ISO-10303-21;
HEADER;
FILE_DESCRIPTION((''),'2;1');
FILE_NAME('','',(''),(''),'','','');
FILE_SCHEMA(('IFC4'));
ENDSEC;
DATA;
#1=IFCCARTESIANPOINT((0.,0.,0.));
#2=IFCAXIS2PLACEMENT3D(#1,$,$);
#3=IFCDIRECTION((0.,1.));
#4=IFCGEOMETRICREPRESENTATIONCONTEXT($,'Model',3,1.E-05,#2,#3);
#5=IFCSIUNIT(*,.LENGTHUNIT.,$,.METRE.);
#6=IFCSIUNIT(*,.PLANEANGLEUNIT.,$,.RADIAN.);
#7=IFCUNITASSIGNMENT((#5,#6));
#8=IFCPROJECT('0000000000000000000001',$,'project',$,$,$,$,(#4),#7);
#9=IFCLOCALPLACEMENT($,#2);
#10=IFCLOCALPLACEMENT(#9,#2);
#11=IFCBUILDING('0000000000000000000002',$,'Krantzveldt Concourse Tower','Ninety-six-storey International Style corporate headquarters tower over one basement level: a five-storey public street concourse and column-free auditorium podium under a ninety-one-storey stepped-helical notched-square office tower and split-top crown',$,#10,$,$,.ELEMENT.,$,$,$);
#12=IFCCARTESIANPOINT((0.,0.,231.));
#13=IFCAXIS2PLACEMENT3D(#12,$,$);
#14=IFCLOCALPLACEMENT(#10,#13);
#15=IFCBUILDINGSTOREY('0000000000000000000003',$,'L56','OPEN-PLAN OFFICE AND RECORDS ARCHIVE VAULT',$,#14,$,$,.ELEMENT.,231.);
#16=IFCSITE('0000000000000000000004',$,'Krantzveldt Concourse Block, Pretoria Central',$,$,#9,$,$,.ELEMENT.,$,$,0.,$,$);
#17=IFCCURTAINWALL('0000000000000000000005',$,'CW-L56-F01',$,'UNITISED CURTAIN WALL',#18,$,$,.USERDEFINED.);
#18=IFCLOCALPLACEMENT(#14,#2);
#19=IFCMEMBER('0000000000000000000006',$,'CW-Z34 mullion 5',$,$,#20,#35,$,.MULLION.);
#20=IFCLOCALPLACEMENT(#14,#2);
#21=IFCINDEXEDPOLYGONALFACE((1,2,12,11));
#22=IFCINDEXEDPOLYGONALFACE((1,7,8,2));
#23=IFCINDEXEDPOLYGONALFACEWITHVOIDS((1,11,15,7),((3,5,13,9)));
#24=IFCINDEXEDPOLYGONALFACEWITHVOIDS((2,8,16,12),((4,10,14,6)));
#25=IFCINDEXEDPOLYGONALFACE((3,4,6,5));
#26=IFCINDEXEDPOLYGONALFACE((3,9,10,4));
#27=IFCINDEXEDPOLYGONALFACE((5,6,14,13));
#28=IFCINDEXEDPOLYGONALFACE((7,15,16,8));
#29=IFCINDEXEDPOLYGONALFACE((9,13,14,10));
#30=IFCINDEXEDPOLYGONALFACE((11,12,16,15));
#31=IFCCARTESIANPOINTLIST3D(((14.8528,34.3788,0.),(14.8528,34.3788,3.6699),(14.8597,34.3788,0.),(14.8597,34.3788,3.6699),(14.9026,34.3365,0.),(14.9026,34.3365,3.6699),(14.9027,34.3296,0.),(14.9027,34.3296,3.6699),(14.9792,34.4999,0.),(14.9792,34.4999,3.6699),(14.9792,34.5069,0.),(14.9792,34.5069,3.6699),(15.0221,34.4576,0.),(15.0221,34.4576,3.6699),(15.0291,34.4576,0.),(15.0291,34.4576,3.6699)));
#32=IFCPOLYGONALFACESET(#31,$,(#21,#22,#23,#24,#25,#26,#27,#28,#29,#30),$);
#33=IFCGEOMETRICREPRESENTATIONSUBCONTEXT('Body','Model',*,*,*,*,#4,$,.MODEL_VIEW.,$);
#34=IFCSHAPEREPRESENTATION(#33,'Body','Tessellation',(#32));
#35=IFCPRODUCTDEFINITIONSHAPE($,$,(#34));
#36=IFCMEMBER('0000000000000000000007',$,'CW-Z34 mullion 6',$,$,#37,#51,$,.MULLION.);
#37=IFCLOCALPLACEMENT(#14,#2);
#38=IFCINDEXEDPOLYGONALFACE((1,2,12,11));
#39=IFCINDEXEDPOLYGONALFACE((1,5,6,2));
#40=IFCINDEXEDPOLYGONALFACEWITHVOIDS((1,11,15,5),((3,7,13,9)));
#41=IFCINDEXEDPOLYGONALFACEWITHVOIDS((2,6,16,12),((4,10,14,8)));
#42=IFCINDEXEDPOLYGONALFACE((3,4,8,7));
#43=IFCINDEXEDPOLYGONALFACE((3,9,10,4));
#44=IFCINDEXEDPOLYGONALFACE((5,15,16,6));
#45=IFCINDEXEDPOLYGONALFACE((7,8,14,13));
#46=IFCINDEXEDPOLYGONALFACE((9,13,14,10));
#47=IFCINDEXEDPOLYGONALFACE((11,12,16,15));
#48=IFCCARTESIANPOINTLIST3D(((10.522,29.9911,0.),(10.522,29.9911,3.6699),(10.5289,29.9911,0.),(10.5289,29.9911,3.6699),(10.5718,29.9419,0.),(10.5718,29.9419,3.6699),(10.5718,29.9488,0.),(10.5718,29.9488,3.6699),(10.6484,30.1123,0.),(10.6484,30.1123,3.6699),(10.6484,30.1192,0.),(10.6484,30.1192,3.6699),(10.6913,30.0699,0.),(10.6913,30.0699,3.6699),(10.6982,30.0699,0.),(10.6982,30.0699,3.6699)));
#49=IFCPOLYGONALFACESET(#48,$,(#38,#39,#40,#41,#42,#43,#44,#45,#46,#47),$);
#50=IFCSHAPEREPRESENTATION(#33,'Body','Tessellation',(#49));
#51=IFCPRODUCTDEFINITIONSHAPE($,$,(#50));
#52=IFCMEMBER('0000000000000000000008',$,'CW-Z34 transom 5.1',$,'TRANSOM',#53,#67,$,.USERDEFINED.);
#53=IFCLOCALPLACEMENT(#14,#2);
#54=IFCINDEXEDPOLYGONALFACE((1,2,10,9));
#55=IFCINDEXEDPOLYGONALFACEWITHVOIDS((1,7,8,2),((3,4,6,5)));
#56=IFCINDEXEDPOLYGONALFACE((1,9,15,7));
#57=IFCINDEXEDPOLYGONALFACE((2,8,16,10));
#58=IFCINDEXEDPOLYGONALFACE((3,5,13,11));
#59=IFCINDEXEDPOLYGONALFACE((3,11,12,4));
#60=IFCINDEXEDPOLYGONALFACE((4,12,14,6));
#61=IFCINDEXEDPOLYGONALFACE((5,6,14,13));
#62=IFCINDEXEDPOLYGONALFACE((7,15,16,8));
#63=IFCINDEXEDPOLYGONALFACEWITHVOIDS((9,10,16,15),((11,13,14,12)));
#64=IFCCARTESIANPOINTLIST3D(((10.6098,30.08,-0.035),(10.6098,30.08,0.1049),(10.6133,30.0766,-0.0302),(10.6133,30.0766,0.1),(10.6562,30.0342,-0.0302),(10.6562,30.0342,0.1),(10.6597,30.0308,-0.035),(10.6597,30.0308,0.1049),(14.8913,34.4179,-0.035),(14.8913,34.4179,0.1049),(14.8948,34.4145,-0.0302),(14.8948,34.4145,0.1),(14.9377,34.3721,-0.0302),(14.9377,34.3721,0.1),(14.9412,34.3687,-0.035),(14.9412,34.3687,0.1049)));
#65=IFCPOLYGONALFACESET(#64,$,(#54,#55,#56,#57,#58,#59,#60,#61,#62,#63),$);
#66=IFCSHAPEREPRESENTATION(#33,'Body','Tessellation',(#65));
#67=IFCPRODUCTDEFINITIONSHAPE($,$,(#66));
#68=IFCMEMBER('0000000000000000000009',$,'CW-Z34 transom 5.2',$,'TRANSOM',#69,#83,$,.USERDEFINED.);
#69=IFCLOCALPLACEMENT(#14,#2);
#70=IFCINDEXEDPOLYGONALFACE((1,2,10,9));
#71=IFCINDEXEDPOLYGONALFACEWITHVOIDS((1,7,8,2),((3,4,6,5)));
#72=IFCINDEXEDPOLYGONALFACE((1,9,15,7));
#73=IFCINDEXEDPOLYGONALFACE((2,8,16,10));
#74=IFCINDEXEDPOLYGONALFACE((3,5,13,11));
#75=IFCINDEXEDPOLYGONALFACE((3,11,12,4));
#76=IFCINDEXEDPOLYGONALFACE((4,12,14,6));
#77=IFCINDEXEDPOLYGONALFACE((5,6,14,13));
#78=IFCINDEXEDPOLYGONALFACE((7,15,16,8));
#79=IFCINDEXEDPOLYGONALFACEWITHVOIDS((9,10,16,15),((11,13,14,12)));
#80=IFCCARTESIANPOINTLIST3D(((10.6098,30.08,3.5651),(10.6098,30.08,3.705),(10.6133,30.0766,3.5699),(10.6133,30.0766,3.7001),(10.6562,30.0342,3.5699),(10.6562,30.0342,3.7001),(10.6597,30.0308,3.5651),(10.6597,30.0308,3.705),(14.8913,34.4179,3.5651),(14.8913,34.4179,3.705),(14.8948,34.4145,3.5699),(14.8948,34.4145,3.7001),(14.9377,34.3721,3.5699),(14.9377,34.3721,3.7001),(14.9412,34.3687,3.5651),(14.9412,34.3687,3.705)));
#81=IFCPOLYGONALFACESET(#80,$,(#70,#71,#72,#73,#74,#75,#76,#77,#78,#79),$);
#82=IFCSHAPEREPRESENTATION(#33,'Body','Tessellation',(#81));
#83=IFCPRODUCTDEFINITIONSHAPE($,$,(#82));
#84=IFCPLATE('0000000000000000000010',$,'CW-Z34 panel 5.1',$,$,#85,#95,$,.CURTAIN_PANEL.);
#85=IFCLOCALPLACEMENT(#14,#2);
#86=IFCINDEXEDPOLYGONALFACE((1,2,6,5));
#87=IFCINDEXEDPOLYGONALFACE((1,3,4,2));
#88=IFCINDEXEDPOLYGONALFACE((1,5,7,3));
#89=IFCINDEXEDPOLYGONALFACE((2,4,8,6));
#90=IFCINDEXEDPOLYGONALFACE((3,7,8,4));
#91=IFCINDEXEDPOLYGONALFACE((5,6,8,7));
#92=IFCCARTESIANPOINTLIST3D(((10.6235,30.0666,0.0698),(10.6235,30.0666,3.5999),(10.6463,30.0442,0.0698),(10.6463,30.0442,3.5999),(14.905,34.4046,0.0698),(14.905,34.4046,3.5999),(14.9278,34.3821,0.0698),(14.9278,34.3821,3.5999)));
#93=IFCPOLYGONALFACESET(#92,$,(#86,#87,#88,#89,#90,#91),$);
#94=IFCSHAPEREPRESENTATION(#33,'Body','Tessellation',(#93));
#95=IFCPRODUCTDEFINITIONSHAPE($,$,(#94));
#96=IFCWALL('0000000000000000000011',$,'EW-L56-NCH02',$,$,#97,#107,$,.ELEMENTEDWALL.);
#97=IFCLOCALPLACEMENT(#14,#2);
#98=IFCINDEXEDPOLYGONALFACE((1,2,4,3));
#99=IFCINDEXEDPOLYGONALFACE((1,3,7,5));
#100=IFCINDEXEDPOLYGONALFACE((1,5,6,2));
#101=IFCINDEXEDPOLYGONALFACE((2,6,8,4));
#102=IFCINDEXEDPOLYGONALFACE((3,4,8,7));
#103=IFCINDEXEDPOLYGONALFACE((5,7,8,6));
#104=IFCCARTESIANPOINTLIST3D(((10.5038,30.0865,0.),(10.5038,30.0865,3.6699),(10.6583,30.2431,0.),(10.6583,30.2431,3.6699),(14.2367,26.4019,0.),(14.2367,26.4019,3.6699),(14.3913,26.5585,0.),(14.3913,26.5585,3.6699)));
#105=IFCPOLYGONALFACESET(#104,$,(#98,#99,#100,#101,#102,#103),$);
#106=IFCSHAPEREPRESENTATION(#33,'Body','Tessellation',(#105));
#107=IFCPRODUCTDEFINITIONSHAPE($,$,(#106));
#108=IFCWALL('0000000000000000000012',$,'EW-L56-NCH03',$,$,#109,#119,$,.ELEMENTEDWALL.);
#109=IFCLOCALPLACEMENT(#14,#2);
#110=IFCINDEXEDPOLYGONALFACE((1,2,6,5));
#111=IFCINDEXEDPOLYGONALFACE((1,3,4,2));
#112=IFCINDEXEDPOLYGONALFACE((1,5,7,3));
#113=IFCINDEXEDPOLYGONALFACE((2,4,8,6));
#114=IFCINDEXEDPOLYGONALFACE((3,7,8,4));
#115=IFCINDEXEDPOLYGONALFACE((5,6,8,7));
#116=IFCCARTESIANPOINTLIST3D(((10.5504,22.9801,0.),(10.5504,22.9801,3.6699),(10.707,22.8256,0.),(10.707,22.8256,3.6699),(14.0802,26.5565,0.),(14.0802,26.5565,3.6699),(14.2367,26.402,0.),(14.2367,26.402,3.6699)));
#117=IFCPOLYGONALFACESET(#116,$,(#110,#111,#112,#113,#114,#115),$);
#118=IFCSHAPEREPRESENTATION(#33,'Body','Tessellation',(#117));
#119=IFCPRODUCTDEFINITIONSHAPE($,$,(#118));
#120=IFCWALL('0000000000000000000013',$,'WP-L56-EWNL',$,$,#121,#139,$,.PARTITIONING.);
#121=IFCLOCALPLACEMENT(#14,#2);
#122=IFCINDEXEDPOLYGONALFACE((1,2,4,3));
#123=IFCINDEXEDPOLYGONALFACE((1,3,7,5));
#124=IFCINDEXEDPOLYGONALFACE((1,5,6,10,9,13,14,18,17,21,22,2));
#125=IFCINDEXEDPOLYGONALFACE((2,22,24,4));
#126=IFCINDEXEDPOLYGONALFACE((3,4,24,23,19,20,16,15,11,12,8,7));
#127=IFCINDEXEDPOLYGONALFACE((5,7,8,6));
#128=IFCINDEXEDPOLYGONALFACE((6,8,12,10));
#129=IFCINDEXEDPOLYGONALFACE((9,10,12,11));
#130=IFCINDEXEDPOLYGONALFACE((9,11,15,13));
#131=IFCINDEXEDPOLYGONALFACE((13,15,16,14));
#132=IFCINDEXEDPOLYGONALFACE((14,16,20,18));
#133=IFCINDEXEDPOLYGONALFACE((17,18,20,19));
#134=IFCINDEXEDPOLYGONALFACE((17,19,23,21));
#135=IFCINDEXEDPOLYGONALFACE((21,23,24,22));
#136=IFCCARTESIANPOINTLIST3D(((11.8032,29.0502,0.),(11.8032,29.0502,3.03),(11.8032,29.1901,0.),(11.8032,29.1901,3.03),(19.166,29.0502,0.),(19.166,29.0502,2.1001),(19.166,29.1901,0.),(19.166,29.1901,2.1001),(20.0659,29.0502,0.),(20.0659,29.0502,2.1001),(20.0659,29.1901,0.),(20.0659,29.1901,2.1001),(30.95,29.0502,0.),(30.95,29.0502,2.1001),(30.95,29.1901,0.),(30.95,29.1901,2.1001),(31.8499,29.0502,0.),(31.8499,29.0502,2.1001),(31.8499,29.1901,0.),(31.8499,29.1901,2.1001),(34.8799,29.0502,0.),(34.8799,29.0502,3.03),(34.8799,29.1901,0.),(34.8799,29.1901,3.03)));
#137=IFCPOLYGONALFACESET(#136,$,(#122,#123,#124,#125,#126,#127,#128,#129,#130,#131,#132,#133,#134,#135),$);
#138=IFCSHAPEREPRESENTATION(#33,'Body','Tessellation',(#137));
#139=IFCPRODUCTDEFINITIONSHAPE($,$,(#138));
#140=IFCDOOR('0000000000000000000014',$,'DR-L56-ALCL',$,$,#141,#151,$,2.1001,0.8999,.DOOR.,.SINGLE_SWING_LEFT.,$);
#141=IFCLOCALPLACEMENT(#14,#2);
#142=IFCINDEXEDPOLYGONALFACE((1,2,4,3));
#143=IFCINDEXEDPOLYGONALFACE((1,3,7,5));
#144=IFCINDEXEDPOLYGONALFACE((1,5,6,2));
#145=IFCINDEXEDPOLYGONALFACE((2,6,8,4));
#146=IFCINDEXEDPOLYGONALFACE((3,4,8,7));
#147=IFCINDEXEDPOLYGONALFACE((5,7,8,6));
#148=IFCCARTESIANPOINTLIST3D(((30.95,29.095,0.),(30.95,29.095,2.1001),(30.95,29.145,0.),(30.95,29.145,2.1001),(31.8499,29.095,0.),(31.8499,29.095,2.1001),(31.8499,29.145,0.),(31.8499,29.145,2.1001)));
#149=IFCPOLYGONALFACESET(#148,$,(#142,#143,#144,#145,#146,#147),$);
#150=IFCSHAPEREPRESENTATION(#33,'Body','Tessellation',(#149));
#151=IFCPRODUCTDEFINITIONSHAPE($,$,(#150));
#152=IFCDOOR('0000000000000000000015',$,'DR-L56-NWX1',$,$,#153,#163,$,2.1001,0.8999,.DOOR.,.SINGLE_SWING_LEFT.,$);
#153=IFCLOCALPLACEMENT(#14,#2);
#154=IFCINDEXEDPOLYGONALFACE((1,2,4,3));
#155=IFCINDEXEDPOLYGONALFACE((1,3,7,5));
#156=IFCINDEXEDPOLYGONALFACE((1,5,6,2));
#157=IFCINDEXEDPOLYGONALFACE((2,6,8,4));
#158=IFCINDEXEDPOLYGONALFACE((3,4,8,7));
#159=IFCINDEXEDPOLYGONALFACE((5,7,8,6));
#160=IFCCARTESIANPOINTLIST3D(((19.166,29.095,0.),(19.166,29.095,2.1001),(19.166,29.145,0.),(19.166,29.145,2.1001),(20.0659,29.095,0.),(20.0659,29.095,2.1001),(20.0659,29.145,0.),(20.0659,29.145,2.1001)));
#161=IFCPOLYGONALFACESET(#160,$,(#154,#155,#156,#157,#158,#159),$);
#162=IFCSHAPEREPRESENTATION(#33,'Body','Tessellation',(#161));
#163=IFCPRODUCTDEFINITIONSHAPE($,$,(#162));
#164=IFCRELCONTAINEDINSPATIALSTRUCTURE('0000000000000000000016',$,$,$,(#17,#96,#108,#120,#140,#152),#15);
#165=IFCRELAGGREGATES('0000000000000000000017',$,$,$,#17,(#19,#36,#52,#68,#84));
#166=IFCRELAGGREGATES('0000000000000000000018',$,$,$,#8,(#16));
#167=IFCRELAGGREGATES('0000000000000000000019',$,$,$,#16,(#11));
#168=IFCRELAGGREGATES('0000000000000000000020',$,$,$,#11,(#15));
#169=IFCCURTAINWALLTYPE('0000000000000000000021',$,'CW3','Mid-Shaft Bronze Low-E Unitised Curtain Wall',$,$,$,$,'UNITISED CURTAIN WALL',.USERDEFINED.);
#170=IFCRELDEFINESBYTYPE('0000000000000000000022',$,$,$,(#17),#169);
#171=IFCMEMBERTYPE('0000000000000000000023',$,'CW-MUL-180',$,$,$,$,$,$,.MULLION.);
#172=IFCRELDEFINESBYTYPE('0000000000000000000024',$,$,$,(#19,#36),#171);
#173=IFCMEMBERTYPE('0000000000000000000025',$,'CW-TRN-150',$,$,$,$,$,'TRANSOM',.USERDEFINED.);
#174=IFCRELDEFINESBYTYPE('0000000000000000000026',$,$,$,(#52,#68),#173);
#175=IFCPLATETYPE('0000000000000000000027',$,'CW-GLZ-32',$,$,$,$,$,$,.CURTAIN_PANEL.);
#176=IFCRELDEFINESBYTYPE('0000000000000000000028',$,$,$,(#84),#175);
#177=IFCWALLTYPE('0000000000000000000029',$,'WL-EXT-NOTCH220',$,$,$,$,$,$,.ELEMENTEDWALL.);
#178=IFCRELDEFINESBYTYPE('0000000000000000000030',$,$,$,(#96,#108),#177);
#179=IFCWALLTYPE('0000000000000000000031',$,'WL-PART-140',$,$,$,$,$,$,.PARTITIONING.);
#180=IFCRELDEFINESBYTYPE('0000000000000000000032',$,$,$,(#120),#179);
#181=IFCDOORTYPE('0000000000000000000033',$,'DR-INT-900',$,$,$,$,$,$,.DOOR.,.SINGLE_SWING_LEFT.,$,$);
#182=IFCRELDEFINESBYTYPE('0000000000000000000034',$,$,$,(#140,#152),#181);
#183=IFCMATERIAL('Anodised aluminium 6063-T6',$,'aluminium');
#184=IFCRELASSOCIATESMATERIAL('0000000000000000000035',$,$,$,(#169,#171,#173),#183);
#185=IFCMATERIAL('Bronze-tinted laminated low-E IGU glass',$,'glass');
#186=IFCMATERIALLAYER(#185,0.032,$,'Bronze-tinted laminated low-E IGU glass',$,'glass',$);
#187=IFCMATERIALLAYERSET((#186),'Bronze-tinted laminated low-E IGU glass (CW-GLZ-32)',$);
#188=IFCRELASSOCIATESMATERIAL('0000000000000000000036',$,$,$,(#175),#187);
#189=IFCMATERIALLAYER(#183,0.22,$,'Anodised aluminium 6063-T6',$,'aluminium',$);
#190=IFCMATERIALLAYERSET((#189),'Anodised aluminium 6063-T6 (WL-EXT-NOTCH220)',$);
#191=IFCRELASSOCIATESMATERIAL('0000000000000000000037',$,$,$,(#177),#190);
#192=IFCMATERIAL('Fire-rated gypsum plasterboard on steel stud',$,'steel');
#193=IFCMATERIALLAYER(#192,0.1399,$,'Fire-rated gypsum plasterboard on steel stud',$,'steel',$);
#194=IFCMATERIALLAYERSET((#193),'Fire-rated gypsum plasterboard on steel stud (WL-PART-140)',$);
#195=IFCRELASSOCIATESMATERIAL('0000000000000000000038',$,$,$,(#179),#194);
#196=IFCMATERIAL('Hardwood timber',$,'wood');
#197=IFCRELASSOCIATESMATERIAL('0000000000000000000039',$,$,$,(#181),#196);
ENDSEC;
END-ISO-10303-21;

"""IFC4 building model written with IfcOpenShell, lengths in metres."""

from ifc_helpers import new_model, si_unit, direction, frame, frame_2d, origin, origin_2d, place, context, subcontext, project, spatial, rectangle, hollow_rectangle, extrude, source, transform, mapped, material, layer, layer_set, material_profile, profile_set, type_object, type_shapes, element, fill, aggregate, save


model = new_model("IFC4")

# Units and contexts
model_context = context("Model", 3, precision=1e-05, world=origin(), true_north=direction((0.0, 1.0)))
body_context = subcontext(model_context, "Body", "Model", "MODEL_VIEW")
ifc_project = project(units=[si_unit("LENGTHUNIT", "METRE"), si_unit("PLANEANGLEUNIT", "RADIAN")], contexts=[model_context])

# Site, building, storey
site_placement = place(None, origin())
site = spatial("IfcSite", under=ifc_project, at=site_placement, Name="Krantzveldt Concourse Block, Pretoria Central", CompositionType="ELEMENT", RefElevation=0.0)
building_placement = place(site_placement, origin())
building = spatial("IfcBuilding", under=site, at=building_placement, Name="Krantzveldt Concourse Tower", Description="Ninety-six-storey International Style corporate headquarters tower over one basement level: a five-storey public street concourse and column-free auditorium podium under a ninety-one-storey stepped-helical notched-square office tower and split-top crown", CompositionType="ELEMENT")
storey_placement = place(building_placement, frame((0.0, 0.0, 231.0)))
storey = spatial("IfcBuildingStorey", under=building, at=storey_placement, Name="L56", Description="OPEN-PLAN OFFICE AND RECORDS ARCHIVE VAULT", CompositionType="ELEMENT", Elevation=231.0)

# Curtain wall, members, plate
ifc_material_1 = material(Name="Anodised aluminium 6063-T6", Category="aluminium")
curtain_wall_type = type_object("IfcCurtainWallType", Name="CW3", Description="Mid-Shaft Bronze Low-E Unitised Curtain Wall", ElementType="UNITISED CURTAIN WALL", PredefinedType="USERDEFINED", material=ifc_material_1)
curtain_wall_placement = place(storey_placement, origin())
curtain_wall = element("IfcCurtainWall", 1, at=curtain_wall_placement, inside=storey, type_object=curtain_wall_type, Name="CW-L56-F01", ObjectType="UNITISED CURTAIN WALL", PredefinedType="USERDEFINED")
ifc_material_profile_1 = material_profile(ifc_material_1, hollow_rectangle(XDim=0.0701, YDim=0.1799, WallThickness=0.0049, at=origin_2d()), Name="Anodised aluminium 6063-T6", Category="aluminium")
ifc_profile_set_1 = profile_set([ifc_material_profile_1], Name="Anodised aluminium 6063-T6 - ALU-MULL 180x70x5")
member_type_1 = type_object("IfcMemberType", Name="CW-MUL-180", PredefinedType="MULLION", material=ifc_profile_set_1)
shared_shape_1 = source(origin(), body_context, "Body", "SweptSolid", [
    extrude(hollow_rectangle(XDim=0.0701, YDim=0.1799, WallThickness=0.0049, at=origin_2d()), origin(), (0.0, 0.0, 1.0), 3.6699),
])
type_shapes(member_type_1, [shared_shape_1])
member_1_placement = place(storey_placement, frame((14.9409, 34.4182, 0.0), z_axis=(0.0, 0.0, 1.0), x_axis=(0.71172, -0.702464, 0.0)))
member_1 = element("IfcMember", 2, at=member_1_placement, type_object=member_type_1, Name="CW-Z34 mullion 5", PredefinedType="MULLION", context=body_context, shape_type="MappedRepresentation", body=[
    mapped(shared_shape_1, transform((0.0, 0.0, 0.0), x_axis=(1.0, 0.0, 0.0), y_axis=(0.0, 1.0, 0.0), z_axis=(0.0, 0.0, 1.0), scale=1.0)),
])
member_2_placement = place(storey_placement, frame((10.6101, 30.0305, 0.0), z_axis=(0.0, 0.0, 1.0), x_axis=(0.71172, -0.702464, 0.0)))
member_2 = element("IfcMember", 3, at=member_2_placement, type_object=member_type_1, Name="CW-Z34 mullion 6", PredefinedType="MULLION", context=body_context, shape_type="MappedRepresentation", body=[
    mapped(shared_shape_1, transform((0.0, 0.0, 0.0), x_axis=(1.0, 0.0, 0.0), y_axis=(0.0, 1.0, 0.0), z_axis=(0.0, 0.0, 1.0), scale=1.0)),
])
ifc_material_profile_2 = material_profile(ifc_material_1, hollow_rectangle(XDim=0.0701, YDim=0.1399, WallThickness=0.0049, at=origin_2d()), Name="Anodised aluminium 6063-T6", Category="aluminium")
ifc_profile_set_2 = profile_set([ifc_material_profile_2], Name="Anodised aluminium 6063-T6 - ALU-TRAN 140x70x5")
member_type_2 = type_object("IfcMemberType", Name="CW-TRN-150", ElementType="TRANSOM", PredefinedType="USERDEFINED", material=ifc_profile_set_2)
shared_shape_2 = source(origin(), body_context, "Body", "SweptSolid", [
    extrude(hollow_rectangle(XDim=0.0701, YDim=0.1399, WallThickness=0.0049, at=origin_2d()), origin(), (0.0, 0.0, 1.0), 6.095),
])
type_shapes(member_type_2, [shared_shape_2])
member_3_placement = place(storey_placement, frame((14.9163, 34.3933, 0.0349), z_axis=(-0.702465, -0.711718, 0.0), x_axis=(0.711718, -0.702465, 0.0)))
member_3 = element("IfcMember", 4, at=member_3_placement, type_object=member_type_2, Name="CW-Z34 transom 5.1", ObjectType="TRANSOM", PredefinedType="USERDEFINED", context=body_context, shape_type="MappedRepresentation", body=[
    mapped(shared_shape_2, transform((0.0, 0.0, 0.0), x_axis=(1.0, 0.0, 0.0), y_axis=(0.0, 1.0, 0.0), z_axis=(0.0, 0.0, 1.0), scale=1.0)),
])
member_4_placement = place(storey_placement, frame((14.9163, 34.3933, 3.635), z_axis=(-0.702465, -0.711718, 0.0), x_axis=(0.711718, -0.702465, 0.0)))
member_4 = element("IfcMember", 5, at=member_4_placement, type_object=member_type_2, Name="CW-Z34 transom 5.2", ObjectType="TRANSOM", PredefinedType="USERDEFINED", context=body_context, shape_type="MappedRepresentation", body=[
    mapped(shared_shape_2, transform((0.0, 0.0, 0.0), x_axis=(1.0, 0.0, 0.0), y_axis=(0.0, 1.0, 0.0), z_axis=(0.0, 0.0, 1.0), scale=1.0)),
])
ifc_material_2 = material(Name="Bronze-tinted laminated low-E IGU glass", Category="glass")
ifc_layer_1 = layer(ifc_material_2, 0.032, Name="Bronze-tinted laminated low-E IGU glass", Category="glass")
ifc_layer_set_1 = layer_set([ifc_layer_1], Name="Bronze-tinted laminated low-E IGU glass (CW-GLZ-32)")
plate_type = type_object("IfcPlateType", Name="CW-GLZ-32", PredefinedType="CURTAIN_PANEL", material=ifc_layer_set_1)
shared_shape_3 = source(origin(), body_context, "Body", "SweptSolid", [
    extrude(rectangle(XDim=6.095, YDim=0.032, at=origin_2d()), origin(), (0.0, 0.0, 1.0), 3.53),
])
type_shapes(plate_type, [shared_shape_3])
plate_placement = place(storey_placement, frame((12.7756, 32.2244, 0.0698), z_axis=(0.0, 0.0, 1.0), x_axis=(-0.702464, -0.71172, 0.0)))
plate = element("IfcPlate", 6, at=plate_placement, type_object=plate_type, Name="CW-Z34 panel 5.1", PredefinedType="CURTAIN_PANEL", context=body_context, shape_type="MappedRepresentation", body=[
    mapped(shared_shape_3, transform((0.0, 0.0, 0.0), x_axis=(1.0, 0.0, 0.0), y_axis=(0.0, 1.0, 0.0), z_axis=(0.0, 0.0, 1.0), scale=1.0)),
])
aggregate(curtain_wall, [member_1, member_2, member_3, member_4, plate])

# Walls
ifc_layer_2 = layer(ifc_material_1, 0.22, Name="Anodised aluminium 6063-T6", Category="aluminium")
ifc_layer_set_2 = layer_set([ifc_layer_2], Name="Anodised aluminium 6063-T6 (WL-EXT-NOTCH220)")
wall_type_1 = type_object("IfcWallType", Name="WL-EXT-NOTCH220", PredefinedType="ELEMENTEDWALL", material=ifc_layer_set_2)
wall_1_placement = place(storey_placement, frame((10.5811, 30.1648, 0.0), z_axis=(0.0, 0.0, 1.0), x_axis=(0.7117, -0.702484, 0.0)))
element("IfcWall", 7, at=wall_1_placement, inside=storey, type_object=wall_type_1, Name="EW-L56-NCH02", PredefinedType="ELEMENTEDWALL", context=body_context, shape_type="SweptSolid", body=[
    extrude(rectangle(XDim=5.2451, YDim=0.22, at=frame_2d((2.6226, 0.0))), origin(), (0.0, 0.0, 1.0), 3.6699),
])
wall_2_placement = place(storey_placement, frame((14.1584, 26.4792, 0.0), z_axis=(0.0, 0.0, 1.0), x_axis=(-0.702452, -0.711731, 0.0)))
element("IfcWall", 8, at=wall_2_placement, inside=storey, type_object=wall_type_1, Name="EW-L56-NCH03", PredefinedType="ELEMENTEDWALL", context=body_context, shape_type="SweptSolid", body=[
    extrude(rectangle(XDim=5.0249, YDim=0.22, at=frame_2d((2.5125, 0.0))), origin(), (0.0, 0.0, 1.0), 3.6699),
])

# Wall, openings, doors
ifc_material_3 = material(Name="Fire-rated gypsum plasterboard on steel stud", Category="steel")
ifc_layer_3 = layer(ifc_material_3, 0.1399, Name="Fire-rated gypsum plasterboard on steel stud", Category="steel")
ifc_layer_set_3 = layer_set([ifc_layer_3], Name="Fire-rated gypsum plasterboard on steel stud (WL-PART-140)")
wall_type_2 = type_object("IfcWallType", Name="WL-PART-140", PredefinedType="PARTITIONING", material=ifc_layer_set_3)
wall_3_placement = place(storey_placement, frame((11.8032, 29.1201, 0.0), z_axis=(0.0, 0.0, 1.0), x_axis=(1.0, 0.0, 0.0)))
wall_3 = element("IfcWall", 9, at=wall_3_placement, inside=storey, type_object=wall_type_2, Name="WP-L56-EWNL", PredefinedType="PARTITIONING", context=body_context, shape_type="SweptSolid", body=[
    extrude(rectangle(XDim=23.0767, YDim=0.1399, at=frame_2d((11.5383, 0.0))), origin(), (0.0, 0.0, 1.0), 3.03),
])
opening_1_placement = place(wall_3_placement, frame((19.1467, 0.0, 0.0)))
opening_1 = element("IfcOpeningElement", 10, at=opening_1_placement, cuts=wall_3, PredefinedType="OPENING", context=body_context, shape_type="SweptSolid", body=[
    extrude(rectangle(XDim=0.8999, YDim=2.1001, at=frame_2d((0.45, 1.05))), frame((0.0, 0.0801, 0.0), z_axis=(0.0, -1.0, 0.0), x_axis=(1.0, 0.0, 0.0)), (0.0, 0.0, 1.0), 0.1599),
])
opening_2_placement = place(wall_3_placement, frame((7.3628, 0.0, 0.0)))
opening_2 = element("IfcOpeningElement", 11, at=opening_2_placement, cuts=wall_3, PredefinedType="OPENING", context=body_context, shape_type="SweptSolid", body=[
    extrude(rectangle(XDim=0.8999, YDim=2.1001, at=frame_2d((0.45, 1.05))), frame((0.0, 0.0801, 0.0), z_axis=(0.0, -1.0, 0.0), x_axis=(1.0, 0.0, 0.0)), (0.0, 0.0, 1.0), 0.1599),
])
ifc_material_4 = material(Name="Hardwood timber", Category="wood")
door_type = type_object("IfcDoorType", Name="DR-INT-900", OperationType="SINGLE_SWING_LEFT", PredefinedType="DOOR", material=ifc_material_4)
door_1_placement = place(opening_1_placement, origin())
door_1 = element("IfcDoor", 12, at=door_1_placement, inside=storey, type_object=door_type, Name="DR-L56-ALCL", OperationType="SINGLE_SWING_LEFT", OverallHeight=2.1001, OverallWidth=0.8999, PredefinedType="DOOR", context=body_context, shape_type="SweptSolid", body=[
    extrude(rectangle(XDim=0.8999, YDim=2.1001, at=frame_2d((0.45, 1.05))), frame((0.0, 0.0249, 0.0), z_axis=(0.0, -1.0, 0.0), x_axis=(1.0, 0.0, 0.0)), (0.0, 0.0, 1.0), 0.05),
])
fill(opening_1, door_1)
door_2_placement = place(opening_2_placement, origin())
door_2 = element("IfcDoor", 13, at=door_2_placement, inside=storey, type_object=door_type, Name="DR-L56-NWX1", OperationType="SINGLE_SWING_LEFT", OverallHeight=2.1001, OverallWidth=0.8999, PredefinedType="DOOR", context=body_context, shape_type="SweptSolid", body=[
    extrude(rectangle(XDim=0.8999, YDim=2.1001, at=frame_2d((0.45, 1.05))), frame((0.0, 0.0249, 0.0), z_axis=(0.0, -1.0, 0.0), x_axis=(1.0, 0.0, 0.0)), (0.0, 0.0, 1.0), 0.05),
])
fill(opening_2, door_2)

save(model, "model.ifc")
